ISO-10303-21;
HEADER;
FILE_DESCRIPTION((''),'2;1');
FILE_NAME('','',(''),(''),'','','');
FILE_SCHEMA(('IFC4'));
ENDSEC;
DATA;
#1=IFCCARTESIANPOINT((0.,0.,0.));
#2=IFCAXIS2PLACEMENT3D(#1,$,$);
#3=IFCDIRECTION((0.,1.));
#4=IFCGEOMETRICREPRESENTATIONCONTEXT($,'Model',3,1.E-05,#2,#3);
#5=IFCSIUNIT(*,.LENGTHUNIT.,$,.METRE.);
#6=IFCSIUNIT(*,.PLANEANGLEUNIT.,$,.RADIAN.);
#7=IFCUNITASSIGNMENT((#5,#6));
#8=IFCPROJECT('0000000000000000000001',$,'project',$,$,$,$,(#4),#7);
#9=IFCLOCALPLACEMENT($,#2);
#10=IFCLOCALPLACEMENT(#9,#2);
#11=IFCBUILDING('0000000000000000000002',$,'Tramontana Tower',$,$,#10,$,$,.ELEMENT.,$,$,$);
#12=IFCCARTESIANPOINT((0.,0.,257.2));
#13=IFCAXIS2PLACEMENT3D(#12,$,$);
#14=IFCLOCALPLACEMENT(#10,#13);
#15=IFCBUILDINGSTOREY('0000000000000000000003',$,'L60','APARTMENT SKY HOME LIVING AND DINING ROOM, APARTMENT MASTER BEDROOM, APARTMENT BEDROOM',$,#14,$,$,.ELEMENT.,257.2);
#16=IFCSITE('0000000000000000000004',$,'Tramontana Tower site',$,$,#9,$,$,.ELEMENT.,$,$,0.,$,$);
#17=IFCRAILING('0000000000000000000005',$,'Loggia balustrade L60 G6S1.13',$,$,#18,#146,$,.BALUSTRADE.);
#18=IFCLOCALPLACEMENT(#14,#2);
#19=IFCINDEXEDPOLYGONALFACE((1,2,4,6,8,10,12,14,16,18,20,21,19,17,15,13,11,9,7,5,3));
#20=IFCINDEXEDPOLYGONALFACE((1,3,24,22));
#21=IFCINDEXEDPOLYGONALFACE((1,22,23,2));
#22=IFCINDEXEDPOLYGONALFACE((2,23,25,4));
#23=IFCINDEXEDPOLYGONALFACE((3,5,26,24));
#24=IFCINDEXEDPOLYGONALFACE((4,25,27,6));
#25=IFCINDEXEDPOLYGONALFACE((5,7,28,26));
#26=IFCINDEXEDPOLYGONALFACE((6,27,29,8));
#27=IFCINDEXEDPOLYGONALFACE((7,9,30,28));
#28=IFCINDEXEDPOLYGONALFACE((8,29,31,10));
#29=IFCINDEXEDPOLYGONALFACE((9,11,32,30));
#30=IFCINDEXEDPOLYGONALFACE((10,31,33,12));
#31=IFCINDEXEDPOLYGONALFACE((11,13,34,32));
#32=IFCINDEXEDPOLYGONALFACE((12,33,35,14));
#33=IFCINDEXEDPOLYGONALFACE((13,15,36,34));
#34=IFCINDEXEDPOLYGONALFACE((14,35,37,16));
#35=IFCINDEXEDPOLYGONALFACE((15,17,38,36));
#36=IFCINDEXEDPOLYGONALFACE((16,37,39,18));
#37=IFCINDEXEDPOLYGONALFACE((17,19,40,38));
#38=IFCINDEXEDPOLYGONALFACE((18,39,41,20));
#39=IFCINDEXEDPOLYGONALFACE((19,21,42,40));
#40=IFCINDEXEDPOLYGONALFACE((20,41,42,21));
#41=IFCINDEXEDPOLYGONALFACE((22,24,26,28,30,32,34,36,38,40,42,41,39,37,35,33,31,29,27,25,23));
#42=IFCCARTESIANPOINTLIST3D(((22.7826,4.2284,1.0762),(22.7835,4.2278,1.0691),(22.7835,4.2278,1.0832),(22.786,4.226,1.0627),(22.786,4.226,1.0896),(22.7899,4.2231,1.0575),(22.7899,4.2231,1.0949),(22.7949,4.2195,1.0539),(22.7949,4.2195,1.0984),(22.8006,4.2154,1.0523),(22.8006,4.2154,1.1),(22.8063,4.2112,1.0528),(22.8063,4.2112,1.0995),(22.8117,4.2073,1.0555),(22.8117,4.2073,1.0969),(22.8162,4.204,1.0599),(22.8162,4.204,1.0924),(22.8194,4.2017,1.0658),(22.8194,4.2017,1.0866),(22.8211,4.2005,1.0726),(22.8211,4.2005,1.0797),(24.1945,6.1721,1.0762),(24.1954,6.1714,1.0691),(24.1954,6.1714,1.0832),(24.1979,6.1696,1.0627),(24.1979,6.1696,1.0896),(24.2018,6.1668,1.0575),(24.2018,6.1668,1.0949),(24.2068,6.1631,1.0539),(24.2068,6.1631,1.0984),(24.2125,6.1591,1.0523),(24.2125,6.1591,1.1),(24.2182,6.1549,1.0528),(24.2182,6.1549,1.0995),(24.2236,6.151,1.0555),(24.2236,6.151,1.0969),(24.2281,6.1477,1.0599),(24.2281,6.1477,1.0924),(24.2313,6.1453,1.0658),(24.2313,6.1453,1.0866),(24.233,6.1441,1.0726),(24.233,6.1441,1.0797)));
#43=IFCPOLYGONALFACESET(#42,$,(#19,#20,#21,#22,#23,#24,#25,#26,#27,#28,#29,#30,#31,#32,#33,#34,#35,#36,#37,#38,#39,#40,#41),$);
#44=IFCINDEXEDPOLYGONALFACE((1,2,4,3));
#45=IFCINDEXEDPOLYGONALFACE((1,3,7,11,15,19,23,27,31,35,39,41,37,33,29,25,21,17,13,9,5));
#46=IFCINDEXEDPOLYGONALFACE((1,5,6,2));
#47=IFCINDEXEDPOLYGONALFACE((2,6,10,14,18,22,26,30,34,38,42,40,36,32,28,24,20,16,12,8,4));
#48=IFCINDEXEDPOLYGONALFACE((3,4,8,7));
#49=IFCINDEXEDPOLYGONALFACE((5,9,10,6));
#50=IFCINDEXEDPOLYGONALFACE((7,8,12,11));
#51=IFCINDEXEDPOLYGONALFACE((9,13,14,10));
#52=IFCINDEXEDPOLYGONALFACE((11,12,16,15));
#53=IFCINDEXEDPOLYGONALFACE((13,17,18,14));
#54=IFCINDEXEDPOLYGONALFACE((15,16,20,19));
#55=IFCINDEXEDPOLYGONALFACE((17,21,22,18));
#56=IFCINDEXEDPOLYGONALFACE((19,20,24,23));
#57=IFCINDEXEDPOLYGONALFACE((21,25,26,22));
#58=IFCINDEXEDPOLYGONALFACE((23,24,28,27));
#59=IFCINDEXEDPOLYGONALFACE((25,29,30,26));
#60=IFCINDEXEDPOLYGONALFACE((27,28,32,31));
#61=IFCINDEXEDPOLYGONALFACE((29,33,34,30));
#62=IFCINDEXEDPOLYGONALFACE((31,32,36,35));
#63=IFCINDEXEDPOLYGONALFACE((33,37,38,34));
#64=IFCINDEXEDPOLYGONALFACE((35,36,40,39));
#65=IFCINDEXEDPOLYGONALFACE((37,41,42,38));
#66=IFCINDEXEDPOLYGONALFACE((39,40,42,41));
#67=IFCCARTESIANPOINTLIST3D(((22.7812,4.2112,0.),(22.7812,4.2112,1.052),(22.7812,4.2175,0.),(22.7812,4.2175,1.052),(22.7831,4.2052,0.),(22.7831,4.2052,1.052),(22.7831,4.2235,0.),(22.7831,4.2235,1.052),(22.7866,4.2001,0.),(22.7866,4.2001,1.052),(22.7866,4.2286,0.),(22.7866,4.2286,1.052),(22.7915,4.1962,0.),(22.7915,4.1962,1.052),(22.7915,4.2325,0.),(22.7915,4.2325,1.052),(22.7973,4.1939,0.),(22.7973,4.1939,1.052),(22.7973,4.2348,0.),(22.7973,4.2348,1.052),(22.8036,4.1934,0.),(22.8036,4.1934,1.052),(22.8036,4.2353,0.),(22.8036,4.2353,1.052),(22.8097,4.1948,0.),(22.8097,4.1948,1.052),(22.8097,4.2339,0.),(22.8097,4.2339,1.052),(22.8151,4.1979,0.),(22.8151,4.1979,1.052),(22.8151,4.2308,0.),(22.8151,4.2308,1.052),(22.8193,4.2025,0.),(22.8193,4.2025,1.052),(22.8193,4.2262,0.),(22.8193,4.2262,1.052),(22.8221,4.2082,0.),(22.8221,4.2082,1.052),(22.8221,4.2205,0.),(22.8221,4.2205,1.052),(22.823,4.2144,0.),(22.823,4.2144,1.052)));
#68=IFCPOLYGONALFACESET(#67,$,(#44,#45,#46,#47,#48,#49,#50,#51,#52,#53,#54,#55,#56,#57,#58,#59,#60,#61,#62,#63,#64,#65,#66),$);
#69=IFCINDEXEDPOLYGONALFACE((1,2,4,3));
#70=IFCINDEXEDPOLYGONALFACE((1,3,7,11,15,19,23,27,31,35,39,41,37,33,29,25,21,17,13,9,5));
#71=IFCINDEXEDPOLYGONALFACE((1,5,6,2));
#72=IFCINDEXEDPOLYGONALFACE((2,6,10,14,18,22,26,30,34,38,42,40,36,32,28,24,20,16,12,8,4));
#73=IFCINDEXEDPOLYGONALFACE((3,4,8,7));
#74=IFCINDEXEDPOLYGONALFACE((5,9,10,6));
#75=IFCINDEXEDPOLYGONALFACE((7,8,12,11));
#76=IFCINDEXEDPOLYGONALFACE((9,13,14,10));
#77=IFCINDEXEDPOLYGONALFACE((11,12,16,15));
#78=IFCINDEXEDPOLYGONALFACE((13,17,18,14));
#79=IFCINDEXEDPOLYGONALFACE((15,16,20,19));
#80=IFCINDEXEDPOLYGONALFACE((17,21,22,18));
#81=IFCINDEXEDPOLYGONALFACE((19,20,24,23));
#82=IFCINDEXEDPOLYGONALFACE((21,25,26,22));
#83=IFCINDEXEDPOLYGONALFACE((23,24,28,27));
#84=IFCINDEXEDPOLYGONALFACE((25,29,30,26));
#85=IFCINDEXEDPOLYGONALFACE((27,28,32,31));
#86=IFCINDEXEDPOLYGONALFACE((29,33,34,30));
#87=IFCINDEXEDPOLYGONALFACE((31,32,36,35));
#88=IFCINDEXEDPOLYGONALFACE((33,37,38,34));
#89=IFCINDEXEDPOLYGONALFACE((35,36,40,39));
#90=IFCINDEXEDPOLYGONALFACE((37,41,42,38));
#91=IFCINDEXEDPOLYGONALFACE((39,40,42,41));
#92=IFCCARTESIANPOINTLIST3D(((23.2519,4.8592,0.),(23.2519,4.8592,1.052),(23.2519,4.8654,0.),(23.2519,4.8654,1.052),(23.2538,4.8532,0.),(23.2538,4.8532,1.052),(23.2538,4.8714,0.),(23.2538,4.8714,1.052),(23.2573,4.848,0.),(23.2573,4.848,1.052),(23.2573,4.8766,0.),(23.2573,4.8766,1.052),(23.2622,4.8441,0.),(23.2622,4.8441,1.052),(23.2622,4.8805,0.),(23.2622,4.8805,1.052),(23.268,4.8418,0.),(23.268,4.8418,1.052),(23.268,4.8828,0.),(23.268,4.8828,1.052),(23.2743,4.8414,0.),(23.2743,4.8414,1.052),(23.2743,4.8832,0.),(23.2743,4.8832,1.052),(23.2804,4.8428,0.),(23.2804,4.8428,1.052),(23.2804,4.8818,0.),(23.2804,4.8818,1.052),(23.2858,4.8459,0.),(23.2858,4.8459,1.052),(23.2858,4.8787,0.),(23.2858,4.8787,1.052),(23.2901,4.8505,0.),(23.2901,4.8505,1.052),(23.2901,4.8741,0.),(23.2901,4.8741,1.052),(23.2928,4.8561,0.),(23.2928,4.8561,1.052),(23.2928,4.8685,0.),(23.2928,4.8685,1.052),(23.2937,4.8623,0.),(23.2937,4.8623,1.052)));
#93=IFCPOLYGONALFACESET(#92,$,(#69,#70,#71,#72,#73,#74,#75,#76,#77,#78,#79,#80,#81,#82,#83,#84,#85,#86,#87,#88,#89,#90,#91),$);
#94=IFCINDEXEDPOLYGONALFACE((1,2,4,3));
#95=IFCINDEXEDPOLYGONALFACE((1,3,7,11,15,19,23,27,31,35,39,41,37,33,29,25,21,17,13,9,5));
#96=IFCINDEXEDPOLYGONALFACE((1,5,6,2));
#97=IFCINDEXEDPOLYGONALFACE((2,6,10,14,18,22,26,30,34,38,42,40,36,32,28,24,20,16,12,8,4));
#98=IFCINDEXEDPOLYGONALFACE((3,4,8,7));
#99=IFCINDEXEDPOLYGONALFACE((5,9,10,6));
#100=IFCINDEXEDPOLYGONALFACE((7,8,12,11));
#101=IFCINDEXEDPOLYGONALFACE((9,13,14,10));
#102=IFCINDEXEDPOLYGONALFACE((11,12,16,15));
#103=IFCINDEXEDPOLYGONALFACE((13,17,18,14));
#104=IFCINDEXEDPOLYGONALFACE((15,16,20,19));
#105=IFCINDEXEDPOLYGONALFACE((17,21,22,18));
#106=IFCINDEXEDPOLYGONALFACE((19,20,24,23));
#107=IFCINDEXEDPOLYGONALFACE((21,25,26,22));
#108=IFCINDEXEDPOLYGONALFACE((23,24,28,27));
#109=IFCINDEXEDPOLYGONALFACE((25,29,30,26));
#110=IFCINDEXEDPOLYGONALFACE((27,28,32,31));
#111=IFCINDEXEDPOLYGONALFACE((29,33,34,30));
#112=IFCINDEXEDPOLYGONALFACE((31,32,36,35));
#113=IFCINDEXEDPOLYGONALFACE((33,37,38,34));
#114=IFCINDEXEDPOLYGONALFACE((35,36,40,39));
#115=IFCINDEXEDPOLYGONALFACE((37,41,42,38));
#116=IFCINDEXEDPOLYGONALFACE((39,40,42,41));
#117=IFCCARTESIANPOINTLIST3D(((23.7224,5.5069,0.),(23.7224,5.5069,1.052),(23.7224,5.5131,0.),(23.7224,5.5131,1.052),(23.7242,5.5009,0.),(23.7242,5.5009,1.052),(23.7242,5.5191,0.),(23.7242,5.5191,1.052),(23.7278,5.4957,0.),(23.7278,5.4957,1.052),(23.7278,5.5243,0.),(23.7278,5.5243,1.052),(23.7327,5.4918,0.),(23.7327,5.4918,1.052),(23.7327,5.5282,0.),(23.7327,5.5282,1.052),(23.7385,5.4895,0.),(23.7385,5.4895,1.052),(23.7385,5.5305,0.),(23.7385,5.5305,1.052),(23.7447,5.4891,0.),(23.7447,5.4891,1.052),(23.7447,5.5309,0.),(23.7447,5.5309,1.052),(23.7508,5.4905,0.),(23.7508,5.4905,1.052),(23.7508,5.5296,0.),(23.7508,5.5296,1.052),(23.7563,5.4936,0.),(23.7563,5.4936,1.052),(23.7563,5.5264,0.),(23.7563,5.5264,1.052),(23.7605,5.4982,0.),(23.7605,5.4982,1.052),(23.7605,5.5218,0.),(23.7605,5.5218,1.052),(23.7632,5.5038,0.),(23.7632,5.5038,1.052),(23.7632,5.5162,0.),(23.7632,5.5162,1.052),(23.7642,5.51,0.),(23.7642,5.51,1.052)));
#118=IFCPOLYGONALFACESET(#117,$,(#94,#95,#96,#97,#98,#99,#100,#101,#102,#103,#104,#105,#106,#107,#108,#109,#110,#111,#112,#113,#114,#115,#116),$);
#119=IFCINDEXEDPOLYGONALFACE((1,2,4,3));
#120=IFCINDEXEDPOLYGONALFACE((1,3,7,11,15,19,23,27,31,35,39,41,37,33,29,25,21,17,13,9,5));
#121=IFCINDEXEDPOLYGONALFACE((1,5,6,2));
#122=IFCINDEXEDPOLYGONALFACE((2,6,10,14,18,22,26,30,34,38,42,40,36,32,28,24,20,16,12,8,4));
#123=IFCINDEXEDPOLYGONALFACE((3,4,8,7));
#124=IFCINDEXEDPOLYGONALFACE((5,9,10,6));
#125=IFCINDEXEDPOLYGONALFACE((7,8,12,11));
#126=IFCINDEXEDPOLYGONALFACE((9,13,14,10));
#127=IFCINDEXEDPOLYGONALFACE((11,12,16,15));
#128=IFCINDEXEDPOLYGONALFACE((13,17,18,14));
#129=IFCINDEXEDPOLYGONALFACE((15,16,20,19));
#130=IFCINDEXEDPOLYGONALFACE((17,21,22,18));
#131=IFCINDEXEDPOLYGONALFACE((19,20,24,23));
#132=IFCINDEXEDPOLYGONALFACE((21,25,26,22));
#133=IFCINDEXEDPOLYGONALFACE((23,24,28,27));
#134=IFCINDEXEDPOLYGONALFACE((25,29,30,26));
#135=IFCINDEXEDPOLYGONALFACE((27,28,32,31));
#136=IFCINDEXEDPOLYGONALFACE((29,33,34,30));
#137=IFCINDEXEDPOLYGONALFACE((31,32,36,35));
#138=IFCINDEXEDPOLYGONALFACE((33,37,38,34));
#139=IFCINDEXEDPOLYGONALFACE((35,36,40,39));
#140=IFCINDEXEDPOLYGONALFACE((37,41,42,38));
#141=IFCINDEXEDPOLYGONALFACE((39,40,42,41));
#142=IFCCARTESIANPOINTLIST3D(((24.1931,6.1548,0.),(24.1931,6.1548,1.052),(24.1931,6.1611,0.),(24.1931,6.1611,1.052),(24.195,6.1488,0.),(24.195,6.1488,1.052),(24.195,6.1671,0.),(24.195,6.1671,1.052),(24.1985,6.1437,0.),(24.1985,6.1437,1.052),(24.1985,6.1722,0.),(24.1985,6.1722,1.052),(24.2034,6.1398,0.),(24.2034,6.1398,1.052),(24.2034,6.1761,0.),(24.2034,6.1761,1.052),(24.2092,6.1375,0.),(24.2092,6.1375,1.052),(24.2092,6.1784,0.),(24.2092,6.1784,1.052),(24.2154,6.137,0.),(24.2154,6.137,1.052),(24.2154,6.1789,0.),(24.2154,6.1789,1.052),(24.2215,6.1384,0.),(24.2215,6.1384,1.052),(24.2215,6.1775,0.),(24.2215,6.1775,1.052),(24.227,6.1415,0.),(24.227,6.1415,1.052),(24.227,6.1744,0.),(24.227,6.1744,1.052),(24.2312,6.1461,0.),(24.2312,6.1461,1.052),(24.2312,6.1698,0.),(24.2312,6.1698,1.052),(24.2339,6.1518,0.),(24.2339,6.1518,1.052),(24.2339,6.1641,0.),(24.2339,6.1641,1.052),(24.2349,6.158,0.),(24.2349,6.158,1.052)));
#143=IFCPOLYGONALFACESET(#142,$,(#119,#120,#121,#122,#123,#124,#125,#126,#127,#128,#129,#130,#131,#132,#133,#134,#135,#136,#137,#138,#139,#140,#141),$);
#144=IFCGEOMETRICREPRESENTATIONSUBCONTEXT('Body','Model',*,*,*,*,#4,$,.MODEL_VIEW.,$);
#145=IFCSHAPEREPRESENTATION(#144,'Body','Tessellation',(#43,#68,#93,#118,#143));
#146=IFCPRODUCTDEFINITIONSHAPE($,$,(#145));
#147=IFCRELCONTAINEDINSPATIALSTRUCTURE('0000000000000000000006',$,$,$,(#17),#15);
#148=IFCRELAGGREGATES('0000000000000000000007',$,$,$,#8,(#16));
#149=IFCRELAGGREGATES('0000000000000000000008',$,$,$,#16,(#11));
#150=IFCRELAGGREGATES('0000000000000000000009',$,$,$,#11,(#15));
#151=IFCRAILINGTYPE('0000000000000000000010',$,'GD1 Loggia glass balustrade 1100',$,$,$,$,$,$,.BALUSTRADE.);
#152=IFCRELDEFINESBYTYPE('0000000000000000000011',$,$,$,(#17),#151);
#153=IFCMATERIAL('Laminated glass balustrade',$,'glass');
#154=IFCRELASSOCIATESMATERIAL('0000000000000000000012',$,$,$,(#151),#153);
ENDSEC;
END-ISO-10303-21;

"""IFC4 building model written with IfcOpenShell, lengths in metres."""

from ifc_helpers import new_model, si_unit, direction, frame, origin, origin_2d, place, context, subcontext, project, spatial, circle, extrude, material, type_object, element, save


model = new_model("IFC4")

# Units and contexts
model_context = context("Model", 3, precision=1e-05, world=origin(), true_north=direction((0.0, 1.0)))
body_context = subcontext(model_context, "Body", "Model", "MODEL_VIEW")
ifc_project = project(units=[si_unit("LENGTHUNIT", "METRE"), si_unit("PLANEANGLEUNIT", "RADIAN")], contexts=[model_context])

# Site, building, storey
site_placement = place(None, origin())
site = spatial("IfcSite", under=ifc_project, at=site_placement, Name="Tramontana Tower site", CompositionType="ELEMENT", RefElevation=0.0)
building_placement = place(site_placement, origin())
building = spatial("IfcBuilding", under=site, at=building_placement, Name="Tramontana Tower", CompositionType="ELEMENT")
storey_placement = place(building_placement, frame((0.0, 0.0, 257.2)))
storey = spatial("IfcBuildingStorey", under=building, at=storey_placement, Name="L60", Description="APARTMENT SKY HOME LIVING AND DINING ROOM, APARTMENT MASTER BEDROOM, APARTMENT BEDROOM", CompositionType="ELEMENT", Elevation=257.2)

# Railing
ifc_material_1 = material(Name="Laminated glass balustrade", Category="glass")
railing_type = type_object("IfcRailingType", Name="GD1 Loggia glass balustrade 1100", PredefinedType="BALUSTRADE", material=ifc_material_1)
railing_1_placement = place(storey_placement, frame((22.802, 4.2144, 0.0)))
element("IfcRailing", 1, at=railing_1_placement, inside=storey, type_object=railing_type, Name="Loggia balustrade L60 G6S1.13", PredefinedType="BALUSTRADE", context=body_context, shape_type="SweptSolid", body=[
    extrude(circle(Radius=0.0239, at=origin_2d()), frame((0.0, 0.0, 1.0762), z_axis=(0.587718, 0.809066, 0.0), x_axis=(-0.809066, 0.587718, 0.0)), (0.0, 0.0, 1.0), 2.4023),
    extrude(circle(Radius=0.021, at=origin_2d()), origin(), (0.0, 0.0, 1.0), 1.052),
    extrude(circle(Radius=0.021, at=origin_2d()), frame((0.4707, 0.6479, 0.0)), (0.0, 0.0, 1.0), 1.052),
    extrude(circle(Radius=0.021, at=origin_2d()), frame((0.9412, 1.2957, 0.0)), (0.0, 0.0, 1.0), 1.052),
    extrude(circle(Radius=0.021, at=origin_2d()), frame((1.4119, 1.9436, 0.0)), (0.0, 0.0, 1.0), 1.052),
])

save(model, "model.ifc")
